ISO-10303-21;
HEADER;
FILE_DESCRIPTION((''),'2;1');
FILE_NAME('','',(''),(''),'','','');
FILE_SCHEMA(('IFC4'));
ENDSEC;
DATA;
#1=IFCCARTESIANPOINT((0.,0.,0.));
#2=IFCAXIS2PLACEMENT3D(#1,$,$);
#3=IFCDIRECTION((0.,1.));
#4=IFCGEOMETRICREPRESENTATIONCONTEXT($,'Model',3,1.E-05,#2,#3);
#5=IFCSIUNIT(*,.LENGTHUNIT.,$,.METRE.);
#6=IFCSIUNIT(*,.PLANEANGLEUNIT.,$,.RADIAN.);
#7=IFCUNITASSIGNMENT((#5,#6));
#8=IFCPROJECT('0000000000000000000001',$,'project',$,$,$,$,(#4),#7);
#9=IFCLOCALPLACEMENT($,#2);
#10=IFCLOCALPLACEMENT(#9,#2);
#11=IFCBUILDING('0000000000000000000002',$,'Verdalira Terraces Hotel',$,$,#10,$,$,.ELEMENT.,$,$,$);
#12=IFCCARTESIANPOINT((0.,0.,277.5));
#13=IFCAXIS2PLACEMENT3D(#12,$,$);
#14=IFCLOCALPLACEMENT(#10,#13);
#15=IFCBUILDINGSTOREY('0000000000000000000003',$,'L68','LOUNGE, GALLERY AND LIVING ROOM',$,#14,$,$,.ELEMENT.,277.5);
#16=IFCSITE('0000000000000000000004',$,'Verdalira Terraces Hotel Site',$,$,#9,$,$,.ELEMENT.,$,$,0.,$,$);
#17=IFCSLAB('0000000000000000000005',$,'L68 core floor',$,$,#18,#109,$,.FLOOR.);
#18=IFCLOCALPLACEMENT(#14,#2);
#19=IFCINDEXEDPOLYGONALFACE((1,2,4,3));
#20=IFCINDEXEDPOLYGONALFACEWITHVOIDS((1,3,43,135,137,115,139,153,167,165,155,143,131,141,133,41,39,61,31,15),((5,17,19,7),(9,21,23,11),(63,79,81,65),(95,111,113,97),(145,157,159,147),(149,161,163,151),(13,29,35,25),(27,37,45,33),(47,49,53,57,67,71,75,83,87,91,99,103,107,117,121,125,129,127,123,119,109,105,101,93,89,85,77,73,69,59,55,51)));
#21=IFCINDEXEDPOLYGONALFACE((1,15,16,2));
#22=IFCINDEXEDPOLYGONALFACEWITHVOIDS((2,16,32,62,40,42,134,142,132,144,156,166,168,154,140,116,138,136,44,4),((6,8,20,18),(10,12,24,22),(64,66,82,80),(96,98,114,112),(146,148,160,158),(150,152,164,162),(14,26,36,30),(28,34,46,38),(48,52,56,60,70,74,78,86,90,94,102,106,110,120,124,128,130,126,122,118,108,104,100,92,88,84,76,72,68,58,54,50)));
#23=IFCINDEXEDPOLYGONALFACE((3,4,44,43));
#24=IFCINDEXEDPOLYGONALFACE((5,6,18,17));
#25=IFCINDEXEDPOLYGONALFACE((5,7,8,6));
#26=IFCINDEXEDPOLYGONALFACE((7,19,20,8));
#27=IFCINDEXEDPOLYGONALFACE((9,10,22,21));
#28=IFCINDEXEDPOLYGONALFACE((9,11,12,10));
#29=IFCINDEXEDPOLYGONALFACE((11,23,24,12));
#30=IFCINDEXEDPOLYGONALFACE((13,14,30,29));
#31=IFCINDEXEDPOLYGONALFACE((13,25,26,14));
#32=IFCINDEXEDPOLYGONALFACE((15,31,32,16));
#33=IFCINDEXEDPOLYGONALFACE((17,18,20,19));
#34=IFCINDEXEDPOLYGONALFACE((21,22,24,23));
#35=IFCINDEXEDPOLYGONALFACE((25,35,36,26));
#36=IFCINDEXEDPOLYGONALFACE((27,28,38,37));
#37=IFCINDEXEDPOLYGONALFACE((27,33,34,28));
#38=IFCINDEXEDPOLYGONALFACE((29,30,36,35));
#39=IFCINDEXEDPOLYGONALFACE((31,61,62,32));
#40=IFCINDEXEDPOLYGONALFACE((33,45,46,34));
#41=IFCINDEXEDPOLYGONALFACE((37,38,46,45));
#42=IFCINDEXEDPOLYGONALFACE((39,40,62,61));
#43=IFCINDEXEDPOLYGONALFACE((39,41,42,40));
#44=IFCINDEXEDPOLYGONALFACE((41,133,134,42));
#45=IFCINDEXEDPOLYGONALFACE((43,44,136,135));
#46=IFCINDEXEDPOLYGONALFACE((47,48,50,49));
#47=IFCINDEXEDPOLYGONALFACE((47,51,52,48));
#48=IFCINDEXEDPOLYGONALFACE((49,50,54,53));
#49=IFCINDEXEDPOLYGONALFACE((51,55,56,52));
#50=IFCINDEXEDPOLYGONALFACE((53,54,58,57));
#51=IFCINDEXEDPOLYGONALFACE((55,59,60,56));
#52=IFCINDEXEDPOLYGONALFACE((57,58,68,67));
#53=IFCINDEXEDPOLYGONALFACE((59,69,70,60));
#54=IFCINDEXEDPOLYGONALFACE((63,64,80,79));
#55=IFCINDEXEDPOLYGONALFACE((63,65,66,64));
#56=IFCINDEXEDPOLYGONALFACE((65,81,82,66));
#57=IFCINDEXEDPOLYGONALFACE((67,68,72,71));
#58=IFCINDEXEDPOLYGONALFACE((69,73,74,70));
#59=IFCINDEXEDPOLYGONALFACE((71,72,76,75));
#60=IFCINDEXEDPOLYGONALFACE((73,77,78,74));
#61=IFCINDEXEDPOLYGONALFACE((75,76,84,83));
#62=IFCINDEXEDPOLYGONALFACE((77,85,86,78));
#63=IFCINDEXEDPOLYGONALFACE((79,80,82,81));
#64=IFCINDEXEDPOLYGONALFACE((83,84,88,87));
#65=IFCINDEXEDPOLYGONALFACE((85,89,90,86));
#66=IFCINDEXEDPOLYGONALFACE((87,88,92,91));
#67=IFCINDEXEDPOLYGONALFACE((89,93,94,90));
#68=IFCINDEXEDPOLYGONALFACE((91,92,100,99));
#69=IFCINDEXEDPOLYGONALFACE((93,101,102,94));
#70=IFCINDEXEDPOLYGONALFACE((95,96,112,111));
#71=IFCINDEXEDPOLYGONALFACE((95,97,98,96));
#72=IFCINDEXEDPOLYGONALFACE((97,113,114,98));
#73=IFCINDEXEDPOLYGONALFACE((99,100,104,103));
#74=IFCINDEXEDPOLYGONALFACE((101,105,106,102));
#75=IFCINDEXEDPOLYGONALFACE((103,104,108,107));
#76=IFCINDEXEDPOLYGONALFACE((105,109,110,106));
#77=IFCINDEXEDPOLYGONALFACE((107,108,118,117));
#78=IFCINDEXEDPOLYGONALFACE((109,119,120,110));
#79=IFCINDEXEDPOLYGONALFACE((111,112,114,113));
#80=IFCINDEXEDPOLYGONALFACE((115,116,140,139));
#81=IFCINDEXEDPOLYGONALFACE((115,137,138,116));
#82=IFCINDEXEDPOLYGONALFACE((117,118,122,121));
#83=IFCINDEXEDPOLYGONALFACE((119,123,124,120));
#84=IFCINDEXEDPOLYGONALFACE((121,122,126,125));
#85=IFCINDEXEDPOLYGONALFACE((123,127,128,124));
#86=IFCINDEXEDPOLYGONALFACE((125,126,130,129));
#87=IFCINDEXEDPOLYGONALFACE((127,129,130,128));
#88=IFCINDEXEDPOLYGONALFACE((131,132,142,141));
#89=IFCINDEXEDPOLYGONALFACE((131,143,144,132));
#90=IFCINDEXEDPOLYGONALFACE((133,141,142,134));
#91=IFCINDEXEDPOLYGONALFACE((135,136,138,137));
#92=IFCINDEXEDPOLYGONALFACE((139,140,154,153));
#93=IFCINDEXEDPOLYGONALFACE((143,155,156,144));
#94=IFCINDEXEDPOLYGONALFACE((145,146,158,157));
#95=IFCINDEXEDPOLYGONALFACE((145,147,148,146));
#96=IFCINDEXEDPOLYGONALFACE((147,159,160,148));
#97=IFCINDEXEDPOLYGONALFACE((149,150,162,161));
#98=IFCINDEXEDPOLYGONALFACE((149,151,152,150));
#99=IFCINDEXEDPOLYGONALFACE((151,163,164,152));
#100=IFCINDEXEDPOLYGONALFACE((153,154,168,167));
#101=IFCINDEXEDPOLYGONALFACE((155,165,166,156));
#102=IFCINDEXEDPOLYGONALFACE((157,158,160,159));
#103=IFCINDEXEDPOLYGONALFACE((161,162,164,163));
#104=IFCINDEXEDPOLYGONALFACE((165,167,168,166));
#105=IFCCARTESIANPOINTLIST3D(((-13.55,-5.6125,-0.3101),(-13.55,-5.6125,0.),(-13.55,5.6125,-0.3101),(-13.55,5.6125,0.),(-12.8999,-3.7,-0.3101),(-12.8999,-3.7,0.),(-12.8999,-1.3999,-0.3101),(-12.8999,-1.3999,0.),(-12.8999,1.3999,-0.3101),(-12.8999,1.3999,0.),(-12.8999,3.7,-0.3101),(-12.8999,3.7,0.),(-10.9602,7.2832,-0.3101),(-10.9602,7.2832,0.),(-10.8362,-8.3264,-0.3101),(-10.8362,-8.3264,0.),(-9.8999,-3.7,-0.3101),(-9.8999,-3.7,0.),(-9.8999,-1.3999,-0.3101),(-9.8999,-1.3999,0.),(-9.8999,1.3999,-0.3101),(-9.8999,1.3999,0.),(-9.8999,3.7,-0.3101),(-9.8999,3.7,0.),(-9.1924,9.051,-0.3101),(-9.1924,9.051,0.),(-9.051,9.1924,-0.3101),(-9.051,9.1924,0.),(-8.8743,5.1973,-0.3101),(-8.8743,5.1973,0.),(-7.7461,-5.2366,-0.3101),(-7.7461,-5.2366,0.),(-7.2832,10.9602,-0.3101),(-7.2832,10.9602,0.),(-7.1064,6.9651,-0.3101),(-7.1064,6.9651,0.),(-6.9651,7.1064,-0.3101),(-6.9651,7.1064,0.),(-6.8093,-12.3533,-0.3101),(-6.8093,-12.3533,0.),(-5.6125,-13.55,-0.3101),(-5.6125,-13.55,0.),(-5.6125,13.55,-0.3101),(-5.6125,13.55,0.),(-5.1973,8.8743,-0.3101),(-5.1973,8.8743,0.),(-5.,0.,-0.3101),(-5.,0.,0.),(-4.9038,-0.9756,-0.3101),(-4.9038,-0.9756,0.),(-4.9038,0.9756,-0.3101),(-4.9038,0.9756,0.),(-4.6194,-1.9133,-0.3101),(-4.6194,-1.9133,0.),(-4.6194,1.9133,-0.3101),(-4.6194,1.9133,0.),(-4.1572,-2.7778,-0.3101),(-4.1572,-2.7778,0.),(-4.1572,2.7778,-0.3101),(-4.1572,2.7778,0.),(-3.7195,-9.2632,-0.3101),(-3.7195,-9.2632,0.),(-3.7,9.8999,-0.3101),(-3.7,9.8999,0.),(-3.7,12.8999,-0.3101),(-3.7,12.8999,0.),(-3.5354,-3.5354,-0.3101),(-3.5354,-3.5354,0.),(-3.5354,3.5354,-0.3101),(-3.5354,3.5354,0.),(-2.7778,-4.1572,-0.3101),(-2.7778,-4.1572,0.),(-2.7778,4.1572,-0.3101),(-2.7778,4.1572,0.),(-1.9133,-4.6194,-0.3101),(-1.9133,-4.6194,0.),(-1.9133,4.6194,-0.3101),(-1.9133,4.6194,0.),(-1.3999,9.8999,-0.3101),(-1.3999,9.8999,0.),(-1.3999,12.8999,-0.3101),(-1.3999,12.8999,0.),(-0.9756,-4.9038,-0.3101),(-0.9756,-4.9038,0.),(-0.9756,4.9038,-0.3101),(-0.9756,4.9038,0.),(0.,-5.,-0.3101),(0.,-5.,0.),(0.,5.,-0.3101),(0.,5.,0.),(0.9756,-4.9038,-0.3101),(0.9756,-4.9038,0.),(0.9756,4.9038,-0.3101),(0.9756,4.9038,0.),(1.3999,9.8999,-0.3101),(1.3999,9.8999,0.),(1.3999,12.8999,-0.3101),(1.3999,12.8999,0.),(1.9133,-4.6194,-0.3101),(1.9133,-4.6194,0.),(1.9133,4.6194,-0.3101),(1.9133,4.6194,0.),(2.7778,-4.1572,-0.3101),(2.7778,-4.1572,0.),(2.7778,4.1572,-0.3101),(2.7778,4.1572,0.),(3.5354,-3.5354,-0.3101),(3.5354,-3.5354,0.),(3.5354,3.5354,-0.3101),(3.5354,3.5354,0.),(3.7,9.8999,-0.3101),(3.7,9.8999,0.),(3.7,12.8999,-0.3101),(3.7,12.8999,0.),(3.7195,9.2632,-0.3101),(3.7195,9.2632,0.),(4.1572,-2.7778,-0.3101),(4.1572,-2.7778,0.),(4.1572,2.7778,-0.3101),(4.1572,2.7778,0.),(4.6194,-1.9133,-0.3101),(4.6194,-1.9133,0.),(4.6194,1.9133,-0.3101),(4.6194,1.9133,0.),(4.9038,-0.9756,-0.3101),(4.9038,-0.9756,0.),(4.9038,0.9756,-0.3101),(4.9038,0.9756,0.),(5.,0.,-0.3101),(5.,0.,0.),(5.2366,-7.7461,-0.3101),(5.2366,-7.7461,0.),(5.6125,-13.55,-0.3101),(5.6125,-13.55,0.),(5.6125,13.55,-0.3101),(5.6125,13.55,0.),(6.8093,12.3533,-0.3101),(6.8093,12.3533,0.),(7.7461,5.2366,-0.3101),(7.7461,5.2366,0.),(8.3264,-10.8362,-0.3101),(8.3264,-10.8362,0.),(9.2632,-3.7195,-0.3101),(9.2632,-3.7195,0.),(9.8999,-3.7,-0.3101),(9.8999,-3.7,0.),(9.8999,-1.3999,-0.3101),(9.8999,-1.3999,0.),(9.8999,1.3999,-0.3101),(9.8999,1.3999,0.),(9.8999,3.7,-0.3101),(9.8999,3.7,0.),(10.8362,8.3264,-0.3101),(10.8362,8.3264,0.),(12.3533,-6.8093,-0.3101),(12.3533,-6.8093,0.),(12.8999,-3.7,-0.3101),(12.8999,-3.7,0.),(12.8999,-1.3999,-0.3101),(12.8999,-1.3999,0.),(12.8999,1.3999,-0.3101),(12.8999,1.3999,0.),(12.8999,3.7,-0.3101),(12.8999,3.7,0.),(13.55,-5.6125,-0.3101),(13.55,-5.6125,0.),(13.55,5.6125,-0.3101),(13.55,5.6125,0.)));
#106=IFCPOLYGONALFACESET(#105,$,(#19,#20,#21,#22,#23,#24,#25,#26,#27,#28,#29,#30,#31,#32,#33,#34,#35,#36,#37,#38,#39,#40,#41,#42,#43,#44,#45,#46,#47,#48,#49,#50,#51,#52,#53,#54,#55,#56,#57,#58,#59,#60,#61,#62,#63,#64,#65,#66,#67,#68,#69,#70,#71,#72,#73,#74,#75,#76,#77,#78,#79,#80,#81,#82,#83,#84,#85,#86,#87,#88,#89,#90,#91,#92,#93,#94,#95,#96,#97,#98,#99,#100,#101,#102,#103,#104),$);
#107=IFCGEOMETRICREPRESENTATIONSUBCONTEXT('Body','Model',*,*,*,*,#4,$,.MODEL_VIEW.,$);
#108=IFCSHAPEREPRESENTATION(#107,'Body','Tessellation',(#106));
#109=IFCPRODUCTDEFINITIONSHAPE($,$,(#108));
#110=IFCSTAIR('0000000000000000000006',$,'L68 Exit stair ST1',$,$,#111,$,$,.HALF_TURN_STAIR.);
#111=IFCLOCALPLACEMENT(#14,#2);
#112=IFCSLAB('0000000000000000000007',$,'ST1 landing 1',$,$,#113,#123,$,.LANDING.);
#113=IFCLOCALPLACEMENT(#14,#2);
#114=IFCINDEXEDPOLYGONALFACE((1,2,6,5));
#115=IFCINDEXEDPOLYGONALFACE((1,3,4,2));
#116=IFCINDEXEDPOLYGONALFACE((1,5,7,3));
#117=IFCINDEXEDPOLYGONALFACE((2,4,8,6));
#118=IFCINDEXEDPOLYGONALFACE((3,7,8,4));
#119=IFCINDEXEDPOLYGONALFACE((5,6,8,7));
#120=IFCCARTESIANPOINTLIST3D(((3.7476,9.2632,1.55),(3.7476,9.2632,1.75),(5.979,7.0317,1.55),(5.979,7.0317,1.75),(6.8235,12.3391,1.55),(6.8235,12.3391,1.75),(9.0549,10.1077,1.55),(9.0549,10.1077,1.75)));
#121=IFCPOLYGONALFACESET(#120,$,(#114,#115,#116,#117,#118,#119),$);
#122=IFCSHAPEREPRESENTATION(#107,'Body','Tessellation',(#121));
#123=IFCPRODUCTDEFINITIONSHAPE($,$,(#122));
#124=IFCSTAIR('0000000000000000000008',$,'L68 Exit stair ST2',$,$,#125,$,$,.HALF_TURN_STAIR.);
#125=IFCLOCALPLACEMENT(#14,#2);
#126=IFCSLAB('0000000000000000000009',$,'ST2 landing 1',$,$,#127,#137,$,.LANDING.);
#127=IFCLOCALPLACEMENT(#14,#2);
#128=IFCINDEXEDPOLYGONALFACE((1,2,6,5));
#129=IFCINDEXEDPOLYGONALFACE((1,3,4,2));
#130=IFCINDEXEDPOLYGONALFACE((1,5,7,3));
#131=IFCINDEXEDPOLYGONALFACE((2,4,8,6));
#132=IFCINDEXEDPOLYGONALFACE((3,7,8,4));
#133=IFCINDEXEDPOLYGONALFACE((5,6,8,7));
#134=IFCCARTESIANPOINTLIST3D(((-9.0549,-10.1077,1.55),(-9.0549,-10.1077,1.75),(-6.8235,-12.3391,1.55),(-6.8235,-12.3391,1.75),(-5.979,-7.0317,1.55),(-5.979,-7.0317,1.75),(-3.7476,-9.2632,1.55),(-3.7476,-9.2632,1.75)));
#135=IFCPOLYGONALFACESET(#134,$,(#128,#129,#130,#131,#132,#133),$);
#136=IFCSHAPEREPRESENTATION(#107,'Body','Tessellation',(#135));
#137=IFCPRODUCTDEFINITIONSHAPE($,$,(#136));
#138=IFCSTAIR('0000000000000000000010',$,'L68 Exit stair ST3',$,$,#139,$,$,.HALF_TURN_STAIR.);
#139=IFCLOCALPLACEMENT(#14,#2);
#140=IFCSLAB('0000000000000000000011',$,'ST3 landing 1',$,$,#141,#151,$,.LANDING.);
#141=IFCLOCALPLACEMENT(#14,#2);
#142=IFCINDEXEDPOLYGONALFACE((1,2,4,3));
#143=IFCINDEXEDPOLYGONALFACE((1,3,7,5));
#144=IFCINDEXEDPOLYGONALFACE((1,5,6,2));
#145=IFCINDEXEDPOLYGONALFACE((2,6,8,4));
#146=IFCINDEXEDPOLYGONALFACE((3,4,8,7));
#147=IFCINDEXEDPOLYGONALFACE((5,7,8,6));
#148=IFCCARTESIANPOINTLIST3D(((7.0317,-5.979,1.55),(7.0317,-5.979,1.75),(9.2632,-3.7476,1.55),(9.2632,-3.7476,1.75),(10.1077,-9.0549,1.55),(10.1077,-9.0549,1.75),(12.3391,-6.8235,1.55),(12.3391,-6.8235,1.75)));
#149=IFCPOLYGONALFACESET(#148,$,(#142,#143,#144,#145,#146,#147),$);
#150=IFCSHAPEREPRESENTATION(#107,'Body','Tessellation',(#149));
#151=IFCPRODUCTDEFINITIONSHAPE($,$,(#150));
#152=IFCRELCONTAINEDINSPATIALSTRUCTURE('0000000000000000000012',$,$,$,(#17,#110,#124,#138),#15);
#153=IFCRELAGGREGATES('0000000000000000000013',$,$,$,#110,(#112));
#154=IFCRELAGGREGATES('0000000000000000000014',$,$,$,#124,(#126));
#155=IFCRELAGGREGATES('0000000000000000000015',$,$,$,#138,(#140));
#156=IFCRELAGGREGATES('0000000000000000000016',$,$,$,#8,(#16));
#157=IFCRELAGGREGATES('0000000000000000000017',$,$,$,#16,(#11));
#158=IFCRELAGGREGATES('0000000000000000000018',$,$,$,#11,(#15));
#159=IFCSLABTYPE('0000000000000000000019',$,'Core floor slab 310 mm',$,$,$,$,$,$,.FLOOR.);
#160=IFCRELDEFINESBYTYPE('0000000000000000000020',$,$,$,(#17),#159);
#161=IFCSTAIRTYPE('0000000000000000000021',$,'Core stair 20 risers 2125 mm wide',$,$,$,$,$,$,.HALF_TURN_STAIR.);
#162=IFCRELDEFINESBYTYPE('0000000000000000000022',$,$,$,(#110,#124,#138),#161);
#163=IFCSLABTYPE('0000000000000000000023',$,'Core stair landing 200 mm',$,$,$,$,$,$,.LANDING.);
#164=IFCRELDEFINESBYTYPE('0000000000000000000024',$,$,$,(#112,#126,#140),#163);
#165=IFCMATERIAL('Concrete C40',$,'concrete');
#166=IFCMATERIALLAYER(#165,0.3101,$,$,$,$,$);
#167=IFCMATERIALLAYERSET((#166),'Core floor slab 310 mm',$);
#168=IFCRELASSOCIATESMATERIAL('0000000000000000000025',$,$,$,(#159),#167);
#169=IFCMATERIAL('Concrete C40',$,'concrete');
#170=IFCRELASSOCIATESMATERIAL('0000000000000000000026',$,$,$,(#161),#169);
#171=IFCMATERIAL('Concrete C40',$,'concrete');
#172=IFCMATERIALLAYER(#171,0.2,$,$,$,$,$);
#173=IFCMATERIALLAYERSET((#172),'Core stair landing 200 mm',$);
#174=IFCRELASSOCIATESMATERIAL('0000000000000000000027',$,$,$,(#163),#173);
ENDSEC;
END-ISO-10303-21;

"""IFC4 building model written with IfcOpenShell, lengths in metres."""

from ifc_helpers import new_model, si_unit, direction, frame, origin, place, context, subcontext, project, spatial, polyline, outline, extrude, material, layer, layer_set, type_object, element, aggregate, save


model = new_model("IFC4")

# Units and contexts
model_context = context("Model", 3, precision=1e-05, world=origin(), true_north=direction((0.0, 1.0)))
body_context = subcontext(model_context, "Body", "Model", "MODEL_VIEW")
ifc_project = project(units=[si_unit("LENGTHUNIT", "METRE"), si_unit("PLANEANGLEUNIT", "RADIAN")], contexts=[model_context])

# Site, building, storey
site_placement = place(None, origin())
site = spatial("IfcSite", under=ifc_project, at=site_placement, Name="Verdalira Terraces Hotel Site", CompositionType="ELEMENT", RefElevation=0.0)
building_placement = place(site_placement, origin())
building = spatial("IfcBuilding", under=site, at=building_placement, Name="Verdalira Terraces Hotel", CompositionType="ELEMENT")
storey_placement = place(building_placement, frame((0.0, 0.0, 277.5)))
storey = spatial("IfcBuildingStorey", under=building, at=storey_placement, Name="L68", Description="LOUNGE, GALLERY AND LIVING ROOM", CompositionType="ELEMENT", Elevation=277.5)

# Slab
ifc_material_1 = material(Name="Concrete C40", Category="concrete")
ifc_layer_1 = layer(ifc_material_1, 0.3101)
ifc_layer_set_1 = layer_set([ifc_layer_1], Name="Core floor slab 310 mm")
slab_type_1 = type_object("IfcSlabType", Name="Core floor slab 310 mm", PredefinedType="FLOOR", material=ifc_layer_set_1)
slab_1_placement = place(storey_placement, frame((0.0, 0.0, -0.3101)))
element("IfcSlab", 1, at=slab_1_placement, inside=storey, type_object=slab_type_1, Name="L68 core floor", PredefinedType="FLOOR", context=body_context, shape_type="SweptSolid", body=[
    extrude(outline(polyline([(-6.8093, -12.3533), (-3.7195, -9.2632), (-7.7461, -5.2366), (-10.8362, -8.3264), (-13.55, -5.6125), (-13.55, 5.6125), (-5.6125, 13.55), (5.6125, 13.55), (6.8093, 12.3533), (3.7195, 9.2632), (7.7461, 5.2366), (10.8362, 8.3264), (13.55, 5.6125), (13.55, -5.6125), (12.3533, -6.8093), (9.2632, -3.7195), (5.2366, -7.7461), (8.3264, -10.8362), (5.6125, -13.55), (-5.6125, -13.55), (-6.8093, -12.3533)]), holes=[polyline([(9.8999, -1.3999), (9.8999, -3.7), (12.8999, -3.7), (12.8999, -1.3999), (9.8999, -1.3999)]), polyline([(9.8999, 3.7), (9.8999, 1.3999), (12.8999, 1.3999), (12.8999, 3.7), (9.8999, 3.7)]), polyline([(3.7, 12.8999), (1.3999, 12.8999), (1.3999, 9.8999), (3.7, 9.8999), (3.7, 12.8999)]), polyline([(-1.3999, 12.8999), (-3.7, 12.8999), (-3.7, 9.8999), (-1.3999, 9.8999), (-1.3999, 12.8999)]), polyline([(-9.8999, 1.3999), (-9.8999, 3.7), (-12.8999, 3.7), (-12.8999, 1.3999), (-9.8999, 1.3999)]), polyline([(-9.8999, -3.7), (-9.8999, -1.3999), (-12.8999, -1.3999), (-12.8999, -3.7), (-9.8999, -3.7)]), polyline([(-9.051, 9.1924), (-6.9651, 7.1064), (-5.1973, 8.8743), (-7.2832, 10.9602), (-9.051, 9.1924)]), polyline([(-9.1924, 9.051), (-10.9602, 7.2832), (-8.8743, 5.1973), (-7.1064, 6.9651), (-9.1924, 9.051)]), polyline([(3.5354, 3.5354), (2.7778, 4.1572), (1.9133, 4.6194), (0.9756, 4.9038), (0.0, 5.0), (-0.9756, 4.9038), (-1.9133, 4.6194), (-2.7778, 4.1572), (-3.5354, 3.5354), (-4.1572, 2.7778), (-4.6194, 1.9133), (-4.9038, 0.9756), (-5.0, 0.0), (-4.9038, -0.9756), (-4.6194, -1.9133), (-4.1572, -2.7778), (-3.5354, -3.5354), (-2.7778, -4.1572), (-1.9133, -4.6194), (-0.9756, -4.9038), (0.0, -5.0), (0.9756, -4.9038), (1.9133, -4.6194), (2.7778, -4.1572), (3.5354, -3.5354), (4.1572, -2.7778), (4.6194, -1.9133), (4.9038, -0.9756), (5.0, 0.0), (4.9038, 0.9756), (4.6194, 1.9133), (4.1572, 2.7778), (3.5354, 3.5354)])]), origin(), (0.0, 0.0, 1.0), 0.3101),
])

# Stairs, slabs
ifc_material_2 = material(Name="Concrete C40", Category="concrete")
stair_type = type_object("IfcStairType", Name="Core stair 20 risers 2125 mm wide", PredefinedType="HALF_TURN_STAIR", material=ifc_material_2)
stair_1_placement = place(storey_placement, origin())
stair_1 = element("IfcStair", 2, at=stair_1_placement, inside=storey, type_object=stair_type, Name="L68 Exit stair ST1", PredefinedType="HALF_TURN_STAIR")
ifc_material_3 = material(Name="Concrete C40", Category="concrete")
ifc_layer_2 = layer(ifc_material_3, 0.2)
ifc_layer_set_2 = layer_set([ifc_layer_2], Name="Core stair landing 200 mm")
slab_type_2 = type_object("IfcSlabType", Name="Core stair landing 200 mm", PredefinedType="LANDING", material=ifc_layer_set_2)
slab_2_placement = place(storey_placement, frame((0.0, 0.0, 1.55)))
slab_2 = element("IfcSlab", 3, at=slab_2_placement, type_object=slab_type_2, Name="ST1 landing 1", PredefinedType="LANDING", context=body_context, shape_type="SweptSolid", body=[
    extrude(outline(polyline([(9.0549, 10.1077), (6.8235, 12.3391), (3.7476, 9.2632), (5.979, 7.0317), (9.0549, 10.1077)])), origin(), (0.0, 0.0, 1.0), 0.2),
])
aggregate(stair_1, [slab_2])
stair_2_placement = place(storey_placement, origin())
stair_2 = element("IfcStair", 4, at=stair_2_placement, inside=storey, type_object=stair_type, Name="L68 Exit stair ST2", PredefinedType="HALF_TURN_STAIR")
slab_3_placement = place(storey_placement, frame((0.0, 0.0, 1.55)))
slab_3 = element("IfcSlab", 5, at=slab_3_placement, type_object=slab_type_2, Name="ST2 landing 1", PredefinedType="LANDING", context=body_context, shape_type="SweptSolid", body=[
    extrude(outline(polyline([(-9.0549, -10.1077), (-6.8235, -12.3391), (-3.7476, -9.2632), (-5.979, -7.0317), (-9.0549, -10.1077)])), origin(), (0.0, 0.0, 1.0), 0.2),
])
aggregate(stair_2, [slab_3])
stair_3_placement = place(storey_placement, origin())
stair_3 = element("IfcStair", 6, at=stair_3_placement, inside=storey, type_object=stair_type, Name="L68 Exit stair ST3", PredefinedType="HALF_TURN_STAIR")
slab_4_placement = place(storey_placement, frame((0.0, 0.0, 1.55)))
slab_4 = element("IfcSlab", 7, at=slab_4_placement, type_object=slab_type_2, Name="ST3 landing 1", PredefinedType="LANDING", context=body_context, shape_type="SweptSolid", body=[
    extrude(outline(polyline([(10.1077, -9.0549), (12.3391, -6.8235), (9.2632, -3.7476), (7.0317, -5.979), (10.1077, -9.0549)])), origin(), (0.0, 0.0, 1.0), 0.2),
])
aggregate(stair_3, [slab_4])

save(model, "model.ifc")
